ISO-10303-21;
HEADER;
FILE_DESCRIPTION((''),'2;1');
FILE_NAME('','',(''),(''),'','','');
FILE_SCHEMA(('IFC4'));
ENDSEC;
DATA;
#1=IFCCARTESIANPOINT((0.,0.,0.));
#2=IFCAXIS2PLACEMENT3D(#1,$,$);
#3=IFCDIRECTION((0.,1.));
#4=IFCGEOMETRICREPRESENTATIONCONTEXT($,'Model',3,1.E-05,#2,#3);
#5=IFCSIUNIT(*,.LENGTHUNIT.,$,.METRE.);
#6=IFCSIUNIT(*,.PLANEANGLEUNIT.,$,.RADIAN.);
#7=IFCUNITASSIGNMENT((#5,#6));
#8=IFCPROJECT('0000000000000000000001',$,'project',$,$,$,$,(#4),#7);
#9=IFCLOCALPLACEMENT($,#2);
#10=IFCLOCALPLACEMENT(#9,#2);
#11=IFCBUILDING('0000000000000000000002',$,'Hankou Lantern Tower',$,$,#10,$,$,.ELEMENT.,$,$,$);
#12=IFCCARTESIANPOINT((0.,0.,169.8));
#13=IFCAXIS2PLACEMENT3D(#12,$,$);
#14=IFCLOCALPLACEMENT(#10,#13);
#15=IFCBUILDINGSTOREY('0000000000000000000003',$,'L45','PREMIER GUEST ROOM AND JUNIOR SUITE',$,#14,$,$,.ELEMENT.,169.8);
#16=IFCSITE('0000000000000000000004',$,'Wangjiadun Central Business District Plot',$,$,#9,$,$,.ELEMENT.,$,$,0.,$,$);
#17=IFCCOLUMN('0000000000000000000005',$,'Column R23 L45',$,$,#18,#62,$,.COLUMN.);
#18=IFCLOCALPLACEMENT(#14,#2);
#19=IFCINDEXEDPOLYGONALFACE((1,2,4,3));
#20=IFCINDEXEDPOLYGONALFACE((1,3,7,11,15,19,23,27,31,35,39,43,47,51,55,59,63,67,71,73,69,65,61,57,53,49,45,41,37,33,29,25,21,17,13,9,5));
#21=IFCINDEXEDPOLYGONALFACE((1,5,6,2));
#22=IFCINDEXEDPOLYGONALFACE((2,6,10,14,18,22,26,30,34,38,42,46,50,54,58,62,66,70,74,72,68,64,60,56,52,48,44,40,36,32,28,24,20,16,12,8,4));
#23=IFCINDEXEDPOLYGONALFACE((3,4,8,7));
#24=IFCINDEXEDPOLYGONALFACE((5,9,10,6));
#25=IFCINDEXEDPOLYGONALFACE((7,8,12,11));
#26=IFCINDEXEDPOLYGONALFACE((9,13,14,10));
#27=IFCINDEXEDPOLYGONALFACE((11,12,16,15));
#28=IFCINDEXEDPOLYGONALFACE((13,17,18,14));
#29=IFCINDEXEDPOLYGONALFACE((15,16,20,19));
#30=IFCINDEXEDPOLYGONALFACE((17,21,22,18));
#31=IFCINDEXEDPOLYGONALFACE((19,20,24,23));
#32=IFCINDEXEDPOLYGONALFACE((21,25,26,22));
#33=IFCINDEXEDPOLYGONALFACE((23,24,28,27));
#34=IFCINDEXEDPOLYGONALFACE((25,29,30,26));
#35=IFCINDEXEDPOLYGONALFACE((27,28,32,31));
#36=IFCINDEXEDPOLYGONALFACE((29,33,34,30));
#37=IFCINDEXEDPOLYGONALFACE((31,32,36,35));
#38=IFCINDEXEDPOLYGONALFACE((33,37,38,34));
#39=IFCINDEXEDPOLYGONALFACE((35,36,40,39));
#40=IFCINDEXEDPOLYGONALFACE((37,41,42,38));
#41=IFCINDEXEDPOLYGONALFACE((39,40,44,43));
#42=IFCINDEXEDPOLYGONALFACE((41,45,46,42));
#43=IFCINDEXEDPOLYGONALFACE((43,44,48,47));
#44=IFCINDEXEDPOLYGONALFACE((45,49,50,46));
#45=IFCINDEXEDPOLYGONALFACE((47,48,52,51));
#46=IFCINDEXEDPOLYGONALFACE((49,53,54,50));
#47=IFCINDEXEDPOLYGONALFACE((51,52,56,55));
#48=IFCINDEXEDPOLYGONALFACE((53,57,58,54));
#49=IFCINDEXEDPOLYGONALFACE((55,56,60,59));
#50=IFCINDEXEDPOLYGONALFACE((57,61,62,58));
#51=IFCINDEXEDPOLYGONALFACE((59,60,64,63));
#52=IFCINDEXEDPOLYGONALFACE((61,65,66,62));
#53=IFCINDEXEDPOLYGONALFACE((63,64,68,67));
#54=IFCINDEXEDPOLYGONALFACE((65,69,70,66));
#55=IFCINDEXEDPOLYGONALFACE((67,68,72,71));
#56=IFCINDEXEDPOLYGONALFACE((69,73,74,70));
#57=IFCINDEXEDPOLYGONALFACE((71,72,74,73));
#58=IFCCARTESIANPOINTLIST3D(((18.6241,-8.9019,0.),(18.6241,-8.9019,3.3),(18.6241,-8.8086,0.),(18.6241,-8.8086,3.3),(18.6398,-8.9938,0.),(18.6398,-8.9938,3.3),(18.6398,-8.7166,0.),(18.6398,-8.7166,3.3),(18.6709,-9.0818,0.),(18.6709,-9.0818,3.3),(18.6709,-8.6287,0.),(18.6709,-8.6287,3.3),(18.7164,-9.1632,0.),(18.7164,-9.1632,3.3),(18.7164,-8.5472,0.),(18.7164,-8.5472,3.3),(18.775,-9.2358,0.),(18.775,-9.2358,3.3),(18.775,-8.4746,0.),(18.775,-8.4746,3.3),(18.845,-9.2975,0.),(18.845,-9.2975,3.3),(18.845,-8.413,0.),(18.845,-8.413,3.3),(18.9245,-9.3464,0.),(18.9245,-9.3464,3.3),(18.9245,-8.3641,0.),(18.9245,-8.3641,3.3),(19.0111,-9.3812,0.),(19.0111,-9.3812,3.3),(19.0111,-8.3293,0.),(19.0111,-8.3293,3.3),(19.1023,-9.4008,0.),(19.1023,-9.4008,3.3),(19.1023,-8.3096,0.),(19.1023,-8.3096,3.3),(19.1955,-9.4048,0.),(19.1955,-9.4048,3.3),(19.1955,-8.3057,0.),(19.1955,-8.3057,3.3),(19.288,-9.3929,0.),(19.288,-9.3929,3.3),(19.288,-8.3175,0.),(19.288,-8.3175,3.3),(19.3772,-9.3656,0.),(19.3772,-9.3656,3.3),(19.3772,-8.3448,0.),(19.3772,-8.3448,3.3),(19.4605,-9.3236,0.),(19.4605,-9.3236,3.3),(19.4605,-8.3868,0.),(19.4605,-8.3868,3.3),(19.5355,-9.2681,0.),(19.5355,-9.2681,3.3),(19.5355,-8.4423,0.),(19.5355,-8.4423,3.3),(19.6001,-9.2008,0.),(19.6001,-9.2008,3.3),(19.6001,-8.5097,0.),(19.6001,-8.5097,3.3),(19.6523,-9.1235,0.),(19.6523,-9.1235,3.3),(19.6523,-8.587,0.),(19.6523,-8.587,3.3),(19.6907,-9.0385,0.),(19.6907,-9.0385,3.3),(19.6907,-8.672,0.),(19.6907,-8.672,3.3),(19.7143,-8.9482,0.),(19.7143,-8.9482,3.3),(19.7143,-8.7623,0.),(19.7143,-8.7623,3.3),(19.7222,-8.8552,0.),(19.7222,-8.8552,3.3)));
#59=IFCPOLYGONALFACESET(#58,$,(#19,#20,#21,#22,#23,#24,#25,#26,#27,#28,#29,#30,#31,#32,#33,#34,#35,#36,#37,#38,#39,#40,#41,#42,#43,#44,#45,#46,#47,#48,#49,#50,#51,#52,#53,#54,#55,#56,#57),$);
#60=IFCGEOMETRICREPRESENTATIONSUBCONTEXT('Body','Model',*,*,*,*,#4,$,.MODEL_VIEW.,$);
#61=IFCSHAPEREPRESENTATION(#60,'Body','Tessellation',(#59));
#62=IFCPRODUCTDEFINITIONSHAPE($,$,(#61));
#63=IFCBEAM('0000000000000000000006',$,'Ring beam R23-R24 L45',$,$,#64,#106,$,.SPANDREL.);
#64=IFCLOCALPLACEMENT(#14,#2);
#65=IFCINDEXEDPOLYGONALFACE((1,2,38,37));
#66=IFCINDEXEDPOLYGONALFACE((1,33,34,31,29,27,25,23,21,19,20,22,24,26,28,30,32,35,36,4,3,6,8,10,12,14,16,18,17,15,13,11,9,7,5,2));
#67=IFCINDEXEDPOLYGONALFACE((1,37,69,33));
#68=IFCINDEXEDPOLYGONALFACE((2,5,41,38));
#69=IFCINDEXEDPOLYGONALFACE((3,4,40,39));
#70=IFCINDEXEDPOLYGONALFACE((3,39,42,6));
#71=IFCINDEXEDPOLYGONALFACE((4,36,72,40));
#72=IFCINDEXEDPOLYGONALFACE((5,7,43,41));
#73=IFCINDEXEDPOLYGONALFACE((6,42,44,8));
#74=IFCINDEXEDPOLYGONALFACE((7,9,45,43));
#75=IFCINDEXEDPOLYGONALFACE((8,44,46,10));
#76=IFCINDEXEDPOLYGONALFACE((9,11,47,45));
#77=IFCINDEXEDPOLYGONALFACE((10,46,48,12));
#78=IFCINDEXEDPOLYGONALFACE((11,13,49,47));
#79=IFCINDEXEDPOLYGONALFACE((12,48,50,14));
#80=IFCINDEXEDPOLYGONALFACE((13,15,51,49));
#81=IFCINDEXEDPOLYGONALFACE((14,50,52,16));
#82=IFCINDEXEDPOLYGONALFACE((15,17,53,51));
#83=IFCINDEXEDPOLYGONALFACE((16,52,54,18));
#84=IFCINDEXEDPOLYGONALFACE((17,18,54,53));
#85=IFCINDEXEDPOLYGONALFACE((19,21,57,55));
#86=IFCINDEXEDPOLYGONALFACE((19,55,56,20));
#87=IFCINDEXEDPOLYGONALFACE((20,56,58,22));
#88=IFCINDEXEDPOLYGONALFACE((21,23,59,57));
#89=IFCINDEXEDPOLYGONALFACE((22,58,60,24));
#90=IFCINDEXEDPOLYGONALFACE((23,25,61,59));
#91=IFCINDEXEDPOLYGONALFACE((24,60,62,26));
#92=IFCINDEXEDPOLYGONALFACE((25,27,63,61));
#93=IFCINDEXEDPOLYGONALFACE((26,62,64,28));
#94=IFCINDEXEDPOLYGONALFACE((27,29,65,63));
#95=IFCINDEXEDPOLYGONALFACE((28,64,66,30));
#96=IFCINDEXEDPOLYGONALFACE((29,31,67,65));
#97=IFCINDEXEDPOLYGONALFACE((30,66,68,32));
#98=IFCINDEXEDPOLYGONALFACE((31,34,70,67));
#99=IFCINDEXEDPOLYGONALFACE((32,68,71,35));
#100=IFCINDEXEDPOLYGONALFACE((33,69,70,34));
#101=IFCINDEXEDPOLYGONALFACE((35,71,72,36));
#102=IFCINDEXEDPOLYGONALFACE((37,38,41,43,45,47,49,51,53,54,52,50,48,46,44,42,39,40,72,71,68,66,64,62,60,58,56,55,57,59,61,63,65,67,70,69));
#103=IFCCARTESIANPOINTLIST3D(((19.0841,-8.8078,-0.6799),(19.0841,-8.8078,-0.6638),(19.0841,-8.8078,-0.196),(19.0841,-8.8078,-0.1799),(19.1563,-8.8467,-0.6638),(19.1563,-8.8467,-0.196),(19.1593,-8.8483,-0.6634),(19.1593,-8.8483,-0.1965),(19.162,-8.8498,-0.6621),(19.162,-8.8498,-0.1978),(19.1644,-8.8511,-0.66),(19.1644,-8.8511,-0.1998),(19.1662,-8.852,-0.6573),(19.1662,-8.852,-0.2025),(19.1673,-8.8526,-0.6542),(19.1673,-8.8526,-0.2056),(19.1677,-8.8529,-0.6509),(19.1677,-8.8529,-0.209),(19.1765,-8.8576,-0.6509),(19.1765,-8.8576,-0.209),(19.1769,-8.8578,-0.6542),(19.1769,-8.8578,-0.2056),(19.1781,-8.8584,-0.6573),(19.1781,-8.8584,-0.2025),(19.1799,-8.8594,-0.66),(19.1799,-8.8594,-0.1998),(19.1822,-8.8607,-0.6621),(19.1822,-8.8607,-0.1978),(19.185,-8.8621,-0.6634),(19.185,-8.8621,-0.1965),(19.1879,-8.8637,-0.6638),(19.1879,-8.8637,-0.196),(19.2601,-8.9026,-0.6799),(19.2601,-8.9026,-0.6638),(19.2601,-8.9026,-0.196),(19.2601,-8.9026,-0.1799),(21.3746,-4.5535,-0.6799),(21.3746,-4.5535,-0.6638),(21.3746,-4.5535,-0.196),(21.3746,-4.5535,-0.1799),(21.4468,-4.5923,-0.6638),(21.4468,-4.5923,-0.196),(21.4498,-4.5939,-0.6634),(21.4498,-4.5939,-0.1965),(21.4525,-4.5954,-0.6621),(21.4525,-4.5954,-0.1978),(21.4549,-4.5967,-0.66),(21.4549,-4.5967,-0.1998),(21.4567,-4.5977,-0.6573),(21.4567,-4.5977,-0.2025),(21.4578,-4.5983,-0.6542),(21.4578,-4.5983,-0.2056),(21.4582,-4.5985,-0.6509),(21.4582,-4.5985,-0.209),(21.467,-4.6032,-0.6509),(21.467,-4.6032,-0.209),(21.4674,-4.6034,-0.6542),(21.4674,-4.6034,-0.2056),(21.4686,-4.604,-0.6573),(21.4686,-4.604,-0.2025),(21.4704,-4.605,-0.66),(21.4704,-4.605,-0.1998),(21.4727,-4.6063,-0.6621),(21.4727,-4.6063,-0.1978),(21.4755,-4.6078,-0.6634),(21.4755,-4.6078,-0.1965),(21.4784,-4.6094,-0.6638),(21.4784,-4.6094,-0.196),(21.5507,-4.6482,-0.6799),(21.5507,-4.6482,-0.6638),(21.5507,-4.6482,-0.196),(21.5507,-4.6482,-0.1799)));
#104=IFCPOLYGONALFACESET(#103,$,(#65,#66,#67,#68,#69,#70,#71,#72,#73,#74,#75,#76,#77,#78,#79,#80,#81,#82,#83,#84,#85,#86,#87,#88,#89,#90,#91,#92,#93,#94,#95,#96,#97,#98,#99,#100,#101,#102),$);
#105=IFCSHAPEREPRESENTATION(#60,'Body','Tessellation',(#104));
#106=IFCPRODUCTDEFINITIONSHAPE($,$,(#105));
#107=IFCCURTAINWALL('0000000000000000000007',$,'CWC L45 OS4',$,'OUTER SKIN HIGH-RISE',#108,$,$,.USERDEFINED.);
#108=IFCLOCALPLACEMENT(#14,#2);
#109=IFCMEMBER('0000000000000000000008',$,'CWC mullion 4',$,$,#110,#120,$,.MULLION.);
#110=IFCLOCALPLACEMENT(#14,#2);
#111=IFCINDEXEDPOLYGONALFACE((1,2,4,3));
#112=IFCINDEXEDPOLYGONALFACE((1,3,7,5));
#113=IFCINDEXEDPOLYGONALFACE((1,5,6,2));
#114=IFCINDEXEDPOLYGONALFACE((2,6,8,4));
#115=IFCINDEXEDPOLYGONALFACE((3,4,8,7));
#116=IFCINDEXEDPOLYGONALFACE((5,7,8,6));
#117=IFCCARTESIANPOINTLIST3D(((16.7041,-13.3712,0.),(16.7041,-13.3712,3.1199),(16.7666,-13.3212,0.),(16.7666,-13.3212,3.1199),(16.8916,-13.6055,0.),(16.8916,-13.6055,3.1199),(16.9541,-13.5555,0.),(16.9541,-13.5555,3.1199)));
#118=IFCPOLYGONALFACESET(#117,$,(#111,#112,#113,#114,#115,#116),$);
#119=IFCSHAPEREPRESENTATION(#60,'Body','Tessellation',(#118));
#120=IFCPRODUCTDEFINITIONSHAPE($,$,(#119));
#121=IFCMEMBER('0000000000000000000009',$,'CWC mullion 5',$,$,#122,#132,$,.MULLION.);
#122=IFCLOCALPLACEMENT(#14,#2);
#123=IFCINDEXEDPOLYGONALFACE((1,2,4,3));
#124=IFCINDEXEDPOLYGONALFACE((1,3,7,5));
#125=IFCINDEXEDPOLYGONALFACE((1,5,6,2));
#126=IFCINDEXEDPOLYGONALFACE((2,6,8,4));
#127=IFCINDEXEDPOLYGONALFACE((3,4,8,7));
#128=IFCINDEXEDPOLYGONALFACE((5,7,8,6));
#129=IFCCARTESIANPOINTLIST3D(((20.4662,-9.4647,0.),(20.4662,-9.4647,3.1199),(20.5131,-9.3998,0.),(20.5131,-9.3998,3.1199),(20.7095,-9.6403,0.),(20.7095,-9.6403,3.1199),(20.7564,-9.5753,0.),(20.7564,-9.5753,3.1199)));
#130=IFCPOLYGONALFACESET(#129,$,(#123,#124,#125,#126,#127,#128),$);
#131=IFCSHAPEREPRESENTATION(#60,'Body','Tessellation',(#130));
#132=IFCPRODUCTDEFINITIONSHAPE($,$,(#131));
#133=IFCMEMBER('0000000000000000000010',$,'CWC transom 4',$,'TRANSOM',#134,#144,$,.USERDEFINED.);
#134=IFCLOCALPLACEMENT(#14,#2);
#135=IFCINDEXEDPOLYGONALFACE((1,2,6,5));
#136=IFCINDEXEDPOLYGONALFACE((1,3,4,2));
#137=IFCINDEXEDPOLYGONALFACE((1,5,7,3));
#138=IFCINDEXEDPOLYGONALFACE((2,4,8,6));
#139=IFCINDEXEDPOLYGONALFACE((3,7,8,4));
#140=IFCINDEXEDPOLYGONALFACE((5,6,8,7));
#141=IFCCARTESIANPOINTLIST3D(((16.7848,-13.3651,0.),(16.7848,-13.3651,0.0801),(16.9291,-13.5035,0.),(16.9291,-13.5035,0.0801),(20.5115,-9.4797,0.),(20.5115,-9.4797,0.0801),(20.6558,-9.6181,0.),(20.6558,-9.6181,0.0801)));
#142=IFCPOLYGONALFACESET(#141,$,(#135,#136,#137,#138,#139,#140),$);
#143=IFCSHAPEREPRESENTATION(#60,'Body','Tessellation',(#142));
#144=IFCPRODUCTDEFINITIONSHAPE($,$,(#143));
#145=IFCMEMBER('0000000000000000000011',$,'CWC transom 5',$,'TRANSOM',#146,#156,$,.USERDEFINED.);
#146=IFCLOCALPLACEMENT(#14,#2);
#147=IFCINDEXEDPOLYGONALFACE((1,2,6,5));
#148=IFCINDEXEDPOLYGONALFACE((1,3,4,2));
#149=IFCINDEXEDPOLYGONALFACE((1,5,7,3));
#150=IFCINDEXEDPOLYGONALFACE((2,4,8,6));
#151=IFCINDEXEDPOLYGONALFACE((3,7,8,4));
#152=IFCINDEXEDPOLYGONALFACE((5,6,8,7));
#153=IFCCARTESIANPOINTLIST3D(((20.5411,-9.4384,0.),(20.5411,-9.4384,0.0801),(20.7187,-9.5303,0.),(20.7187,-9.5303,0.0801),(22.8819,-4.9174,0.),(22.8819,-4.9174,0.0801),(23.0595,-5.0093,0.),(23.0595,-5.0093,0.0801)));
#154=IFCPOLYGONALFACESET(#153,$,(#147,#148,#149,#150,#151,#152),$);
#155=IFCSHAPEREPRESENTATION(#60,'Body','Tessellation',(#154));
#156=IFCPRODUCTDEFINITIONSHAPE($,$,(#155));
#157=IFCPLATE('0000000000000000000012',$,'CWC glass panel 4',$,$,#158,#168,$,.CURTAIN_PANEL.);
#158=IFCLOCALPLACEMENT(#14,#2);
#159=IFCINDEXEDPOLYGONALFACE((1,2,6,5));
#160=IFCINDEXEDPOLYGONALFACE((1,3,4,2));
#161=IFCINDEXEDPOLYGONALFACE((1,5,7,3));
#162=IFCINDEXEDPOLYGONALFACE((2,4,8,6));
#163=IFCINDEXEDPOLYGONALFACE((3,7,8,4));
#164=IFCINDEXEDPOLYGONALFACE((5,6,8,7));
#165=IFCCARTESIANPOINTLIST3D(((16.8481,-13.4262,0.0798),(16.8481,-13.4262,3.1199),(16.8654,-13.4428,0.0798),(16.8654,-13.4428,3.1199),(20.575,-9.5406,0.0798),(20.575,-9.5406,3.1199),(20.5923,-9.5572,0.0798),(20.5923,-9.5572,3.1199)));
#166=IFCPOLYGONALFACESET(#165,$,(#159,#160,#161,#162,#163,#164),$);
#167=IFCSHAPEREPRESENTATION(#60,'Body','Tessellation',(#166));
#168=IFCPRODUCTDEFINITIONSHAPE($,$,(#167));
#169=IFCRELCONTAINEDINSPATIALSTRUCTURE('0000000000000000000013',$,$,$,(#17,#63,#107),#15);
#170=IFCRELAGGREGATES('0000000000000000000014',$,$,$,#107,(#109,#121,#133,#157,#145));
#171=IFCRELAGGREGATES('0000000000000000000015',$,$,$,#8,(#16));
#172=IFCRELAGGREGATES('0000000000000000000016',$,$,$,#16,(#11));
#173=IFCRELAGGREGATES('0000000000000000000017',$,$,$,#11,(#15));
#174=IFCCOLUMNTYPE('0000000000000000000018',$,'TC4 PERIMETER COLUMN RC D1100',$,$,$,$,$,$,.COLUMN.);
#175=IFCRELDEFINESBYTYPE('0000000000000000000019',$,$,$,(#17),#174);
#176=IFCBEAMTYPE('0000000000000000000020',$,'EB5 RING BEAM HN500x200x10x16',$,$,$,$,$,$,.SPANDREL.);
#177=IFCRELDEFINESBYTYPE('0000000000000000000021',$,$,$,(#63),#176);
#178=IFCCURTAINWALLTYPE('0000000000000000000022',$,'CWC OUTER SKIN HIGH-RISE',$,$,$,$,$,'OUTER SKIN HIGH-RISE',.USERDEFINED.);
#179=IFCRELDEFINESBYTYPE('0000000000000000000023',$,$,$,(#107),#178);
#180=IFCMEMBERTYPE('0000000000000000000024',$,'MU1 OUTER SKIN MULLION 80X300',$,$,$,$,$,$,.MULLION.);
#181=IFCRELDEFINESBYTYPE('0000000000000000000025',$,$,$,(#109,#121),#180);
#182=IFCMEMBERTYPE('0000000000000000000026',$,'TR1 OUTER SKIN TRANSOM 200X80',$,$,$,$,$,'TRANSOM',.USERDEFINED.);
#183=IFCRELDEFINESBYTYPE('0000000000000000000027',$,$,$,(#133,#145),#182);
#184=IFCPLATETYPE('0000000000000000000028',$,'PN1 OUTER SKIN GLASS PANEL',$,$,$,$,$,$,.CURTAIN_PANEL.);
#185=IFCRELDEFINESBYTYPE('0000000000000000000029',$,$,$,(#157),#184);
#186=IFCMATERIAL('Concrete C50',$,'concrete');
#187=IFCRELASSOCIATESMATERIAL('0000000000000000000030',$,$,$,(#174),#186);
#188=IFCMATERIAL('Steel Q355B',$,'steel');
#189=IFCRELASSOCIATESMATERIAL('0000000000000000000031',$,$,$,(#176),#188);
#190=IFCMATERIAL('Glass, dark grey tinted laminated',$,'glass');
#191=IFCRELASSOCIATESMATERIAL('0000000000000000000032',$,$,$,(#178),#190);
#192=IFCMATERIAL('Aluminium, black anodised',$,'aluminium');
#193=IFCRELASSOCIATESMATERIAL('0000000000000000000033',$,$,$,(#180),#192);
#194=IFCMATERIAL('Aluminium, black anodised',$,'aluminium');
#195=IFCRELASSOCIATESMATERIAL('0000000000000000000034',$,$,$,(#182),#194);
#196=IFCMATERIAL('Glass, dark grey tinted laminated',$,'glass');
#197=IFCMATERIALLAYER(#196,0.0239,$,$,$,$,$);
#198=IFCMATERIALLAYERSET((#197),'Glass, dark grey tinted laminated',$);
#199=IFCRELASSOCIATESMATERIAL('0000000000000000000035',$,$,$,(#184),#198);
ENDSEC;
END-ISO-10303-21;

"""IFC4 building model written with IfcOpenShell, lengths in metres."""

from ifc_helpers import new_model, si_unit, direction, frame, origin, origin_2d, place, context, subcontext, project, spatial, rectangle, circle, i_section, extrude, material, layer, layer_set, material_profile, profile_set, type_object, element, aggregate, save


model = new_model("IFC4")

# Units and contexts
model_context = context("Model", 3, precision=1e-05, world=origin(), true_north=direction((0.0, 1.0)))
body_context = subcontext(model_context, "Body", "Model", "MODEL_VIEW")
ifc_project = project(units=[si_unit("LENGTHUNIT", "METRE"), si_unit("PLANEANGLEUNIT", "RADIAN")], contexts=[model_context])

# Site, building, storey
site_placement = place(None, origin())
site = spatial("IfcSite", under=ifc_project, at=site_placement, Name="Wangjiadun Central Business District Plot", CompositionType="ELEMENT", RefElevation=0.0)
building_placement = place(site_placement, origin())
building = spatial("IfcBuilding", under=site, at=building_placement, Name="Hankou Lantern Tower", CompositionType="ELEMENT")
storey_placement = place(building_placement, frame((0.0, 0.0, 169.8)))
storey = spatial("IfcBuildingStorey", under=building, at=storey_placement, Name="L45", Description="PREMIER GUEST ROOM AND JUNIOR SUITE", CompositionType="ELEMENT", Elevation=169.8)

# Column
ifc_material_1 = material(Name="Concrete C50", Category="concrete")
ifc_material_profile_1 = material_profile(ifc_material_1, circle(Radius=0.55, at=origin_2d()), Name="RC D1100")
ifc_profile_set_1 = profile_set([ifc_material_profile_1], Name="Concrete C50")
column_type = type_object("IfcColumnType", Name="TC4 PERIMETER COLUMN RC D1100", PredefinedType="COLUMN", material=ifc_profile_set_1)
column_placement = place(storey_placement, frame((19.1721, -8.8552, 0.0), z_axis=(0.0, 0.0, 1.0), x_axis=(1.0, 0.0, 0.0)))
element("IfcColumn", 1, at=column_placement, inside=storey, type_object=column_type, Name="Column R23 L45", PredefinedType="COLUMN", context=body_context, shape_type="SweptSolid", body=[
    extrude(circle(Radius=0.55, at=origin_2d()), origin(), (0.0, 0.0, 1.0), 3.3),
])

# Beam
ifc_material_2 = material(Name="Steel Q355B", Category="steel")
ifc_material_profile_2 = material_profile(ifc_material_2, i_section(OverallWidth=0.2, OverallDepth=0.5, WebThickness=0.01, FlangeThickness=0.0161, FilletRadius=0.0129, at=origin_2d()), Name="HN500x200x10x16")
ifc_profile_set_2 = profile_set([ifc_material_profile_2], Name="Steel Q355B")
beam_type = type_object("IfcBeamType", Name="EB5 RING BEAM HN500x200x10x16", PredefinedType="SPANDREL", material=ifc_profile_set_2)
beam_placement = place(storey_placement, frame((19.1721, -8.8552, -0.4299), z_axis=(0.474052, 0.880497, 0.0), x_axis=(-0.880497, 0.474052, 0.0)))
element("IfcBeam", 2, at=beam_placement, inside=storey, type_object=beam_type, Name="Ring beam R23-R24 L45", PredefinedType="SPANDREL", context=body_context, shape_type="SweptSolid", body=[
    extrude(i_section(OverallWidth=0.2, OverallDepth=0.5, WebThickness=0.01, FlangeThickness=0.0161, FilletRadius=0.0129, at=origin_2d()), origin(), (0.0, 0.0, 1.0), 4.8318),
])

# Curtain wall, members, plate
ifc_material_3 = material(Name="Glass, dark grey tinted laminated", Category="glass")
curtain_wall_type = type_object("IfcCurtainWallType", Name="CWC OUTER SKIN HIGH-RISE", ElementType="OUTER SKIN HIGH-RISE", PredefinedType="USERDEFINED", material=ifc_material_3)
curtain_wall_placement = place(storey_placement, origin())
curtain_wall = element("IfcCurtainWall", 3, at=curtain_wall_placement, inside=storey, type_object=curtain_wall_type, Name="CWC L45 OS4", ObjectType="OUTER SKIN HIGH-RISE", PredefinedType="USERDEFINED")
ifc_material_4 = material(Name="Aluminium, black anodised", Category="aluminium")
ifc_material_profile_3 = material_profile(ifc_material_4, rectangle(XDim=0.0801, YDim=0.3, at=origin_2d()), Name="MU1 80X300")
ifc_profile_set_3 = profile_set([ifc_material_profile_3], Name="Aluminium, black anodised")
member_type_1 = type_object("IfcMemberType", Name="MU1 OUTER SKIN MULLION 80X300", PredefinedType="MULLION", material=ifc_profile_set_3)
member_1_placement = place(storey_placement, frame((16.8291, -13.4634, 0.0), z_axis=(0.0, 0.0, 1.0), x_axis=(0.780869, 0.624695, 0.0)))
member_1 = element("IfcMember", 4, at=member_1_placement, type_object=member_type_1, Name="CWC mullion 4", PredefinedType="MULLION", context=body_context, shape_type="SweptSolid", body=[
    extrude(rectangle(XDim=0.0801, YDim=0.3, at=origin_2d()), origin(), (0.0, 0.0, 1.0), 3.1199),
])
member_2_placement = place(storey_placement, frame((20.6113, -9.52, 0.0), z_axis=(0.0, 0.0, 1.0), x_axis=(0.585206, 0.810885, 0.0)))
member_2 = element("IfcMember", 5, at=member_2_placement, type_object=member_type_1, Name="CWC mullion 5", PredefinedType="MULLION", context=body_context, shape_type="SweptSolid", body=[
    extrude(rectangle(XDim=0.0801, YDim=0.3, at=origin_2d()), origin(), (0.0, 0.0, 1.0), 3.1199),
])
ifc_material_5 = material(Name="Aluminium, black anodised", Category="aluminium")
ifc_material_profile_4 = material_profile(ifc_material_5, rectangle(XDim=0.2, YDim=0.0801, at=origin_2d()), Name="TR1 200X80")
ifc_profile_set_4 = profile_set([ifc_material_profile_4], Name="Aluminium, black anodised")
member_type_2 = type_object("IfcMemberType", Name="TR1 OUTER SKIN TRANSOM 200X80", ElementType="TRANSOM", PredefinedType="USERDEFINED", material=ifc_profile_set_4)
member_3_placement = place(storey_placement, frame((16.8569, -13.4343, 0.04), z_axis=(0.692216, 0.721691, 0.0), x_axis=(-0.721691, 0.692216, 0.0)))
member_3 = element("IfcMember", 6, at=member_3_placement, type_object=member_type_2, Name="CWC transom 4", ObjectType="TRANSOM", PredefinedType="USERDEFINED", context=body_context, shape_type="SweptSolid", body=[
    extrude(rectangle(XDim=0.2, YDim=0.0801, at=origin_2d()), origin(), (0.0, 0.0, 1.0), 5.3838),
])
member_4_placement = place(storey_placement, frame((20.6299, -9.4844, 0.04), z_axis=(0.459791, 0.888027, 0.0), x_axis=(-0.888027, 0.459791, 0.0)))
member_4 = element("IfcMember", 7, at=member_4_placement, type_object=member_type_2, Name="CWC transom 5", ObjectType="TRANSOM", PredefinedType="USERDEFINED", context=body_context, shape_type="SweptSolid", body=[
    extrude(rectangle(XDim=0.2, YDim=0.0801, at=origin_2d()), origin(), (0.0, 0.0, 1.0), 5.0911),
])
ifc_material_6 = material(Name="Glass, dark grey tinted laminated", Category="glass")
ifc_layer_1 = layer(ifc_material_6, 0.0239)
ifc_layer_set_1 = layer_set([ifc_layer_1], Name="Glass, dark grey tinted laminated")
plate_type = type_object("IfcPlateType", Name="PN1 OUTER SKIN GLASS PANEL", PredefinedType="CURTAIN_PANEL", material=ifc_layer_set_1)
plate_placement = place(storey_placement, frame((18.7202, -11.4917, 0.0798), z_axis=(0.0, 0.0, 1.0), x_axis=(0.692216, 0.721691, 0.0)))
plate = element("IfcPlate", 8, at=plate_placement, type_object=plate_type, Name="CWC glass panel 4", PredefinedType="CURTAIN_PANEL", context=body_context, shape_type="SweptSolid", body=[
    extrude(rectangle(XDim=5.384, YDim=0.0239, at=origin_2d()), origin(), (0.0, 0.0, 1.0), 3.04),
])
aggregate(curtain_wall, [member_1, member_2, member_3, plate, member_4])

save(model, "model.ifc")
